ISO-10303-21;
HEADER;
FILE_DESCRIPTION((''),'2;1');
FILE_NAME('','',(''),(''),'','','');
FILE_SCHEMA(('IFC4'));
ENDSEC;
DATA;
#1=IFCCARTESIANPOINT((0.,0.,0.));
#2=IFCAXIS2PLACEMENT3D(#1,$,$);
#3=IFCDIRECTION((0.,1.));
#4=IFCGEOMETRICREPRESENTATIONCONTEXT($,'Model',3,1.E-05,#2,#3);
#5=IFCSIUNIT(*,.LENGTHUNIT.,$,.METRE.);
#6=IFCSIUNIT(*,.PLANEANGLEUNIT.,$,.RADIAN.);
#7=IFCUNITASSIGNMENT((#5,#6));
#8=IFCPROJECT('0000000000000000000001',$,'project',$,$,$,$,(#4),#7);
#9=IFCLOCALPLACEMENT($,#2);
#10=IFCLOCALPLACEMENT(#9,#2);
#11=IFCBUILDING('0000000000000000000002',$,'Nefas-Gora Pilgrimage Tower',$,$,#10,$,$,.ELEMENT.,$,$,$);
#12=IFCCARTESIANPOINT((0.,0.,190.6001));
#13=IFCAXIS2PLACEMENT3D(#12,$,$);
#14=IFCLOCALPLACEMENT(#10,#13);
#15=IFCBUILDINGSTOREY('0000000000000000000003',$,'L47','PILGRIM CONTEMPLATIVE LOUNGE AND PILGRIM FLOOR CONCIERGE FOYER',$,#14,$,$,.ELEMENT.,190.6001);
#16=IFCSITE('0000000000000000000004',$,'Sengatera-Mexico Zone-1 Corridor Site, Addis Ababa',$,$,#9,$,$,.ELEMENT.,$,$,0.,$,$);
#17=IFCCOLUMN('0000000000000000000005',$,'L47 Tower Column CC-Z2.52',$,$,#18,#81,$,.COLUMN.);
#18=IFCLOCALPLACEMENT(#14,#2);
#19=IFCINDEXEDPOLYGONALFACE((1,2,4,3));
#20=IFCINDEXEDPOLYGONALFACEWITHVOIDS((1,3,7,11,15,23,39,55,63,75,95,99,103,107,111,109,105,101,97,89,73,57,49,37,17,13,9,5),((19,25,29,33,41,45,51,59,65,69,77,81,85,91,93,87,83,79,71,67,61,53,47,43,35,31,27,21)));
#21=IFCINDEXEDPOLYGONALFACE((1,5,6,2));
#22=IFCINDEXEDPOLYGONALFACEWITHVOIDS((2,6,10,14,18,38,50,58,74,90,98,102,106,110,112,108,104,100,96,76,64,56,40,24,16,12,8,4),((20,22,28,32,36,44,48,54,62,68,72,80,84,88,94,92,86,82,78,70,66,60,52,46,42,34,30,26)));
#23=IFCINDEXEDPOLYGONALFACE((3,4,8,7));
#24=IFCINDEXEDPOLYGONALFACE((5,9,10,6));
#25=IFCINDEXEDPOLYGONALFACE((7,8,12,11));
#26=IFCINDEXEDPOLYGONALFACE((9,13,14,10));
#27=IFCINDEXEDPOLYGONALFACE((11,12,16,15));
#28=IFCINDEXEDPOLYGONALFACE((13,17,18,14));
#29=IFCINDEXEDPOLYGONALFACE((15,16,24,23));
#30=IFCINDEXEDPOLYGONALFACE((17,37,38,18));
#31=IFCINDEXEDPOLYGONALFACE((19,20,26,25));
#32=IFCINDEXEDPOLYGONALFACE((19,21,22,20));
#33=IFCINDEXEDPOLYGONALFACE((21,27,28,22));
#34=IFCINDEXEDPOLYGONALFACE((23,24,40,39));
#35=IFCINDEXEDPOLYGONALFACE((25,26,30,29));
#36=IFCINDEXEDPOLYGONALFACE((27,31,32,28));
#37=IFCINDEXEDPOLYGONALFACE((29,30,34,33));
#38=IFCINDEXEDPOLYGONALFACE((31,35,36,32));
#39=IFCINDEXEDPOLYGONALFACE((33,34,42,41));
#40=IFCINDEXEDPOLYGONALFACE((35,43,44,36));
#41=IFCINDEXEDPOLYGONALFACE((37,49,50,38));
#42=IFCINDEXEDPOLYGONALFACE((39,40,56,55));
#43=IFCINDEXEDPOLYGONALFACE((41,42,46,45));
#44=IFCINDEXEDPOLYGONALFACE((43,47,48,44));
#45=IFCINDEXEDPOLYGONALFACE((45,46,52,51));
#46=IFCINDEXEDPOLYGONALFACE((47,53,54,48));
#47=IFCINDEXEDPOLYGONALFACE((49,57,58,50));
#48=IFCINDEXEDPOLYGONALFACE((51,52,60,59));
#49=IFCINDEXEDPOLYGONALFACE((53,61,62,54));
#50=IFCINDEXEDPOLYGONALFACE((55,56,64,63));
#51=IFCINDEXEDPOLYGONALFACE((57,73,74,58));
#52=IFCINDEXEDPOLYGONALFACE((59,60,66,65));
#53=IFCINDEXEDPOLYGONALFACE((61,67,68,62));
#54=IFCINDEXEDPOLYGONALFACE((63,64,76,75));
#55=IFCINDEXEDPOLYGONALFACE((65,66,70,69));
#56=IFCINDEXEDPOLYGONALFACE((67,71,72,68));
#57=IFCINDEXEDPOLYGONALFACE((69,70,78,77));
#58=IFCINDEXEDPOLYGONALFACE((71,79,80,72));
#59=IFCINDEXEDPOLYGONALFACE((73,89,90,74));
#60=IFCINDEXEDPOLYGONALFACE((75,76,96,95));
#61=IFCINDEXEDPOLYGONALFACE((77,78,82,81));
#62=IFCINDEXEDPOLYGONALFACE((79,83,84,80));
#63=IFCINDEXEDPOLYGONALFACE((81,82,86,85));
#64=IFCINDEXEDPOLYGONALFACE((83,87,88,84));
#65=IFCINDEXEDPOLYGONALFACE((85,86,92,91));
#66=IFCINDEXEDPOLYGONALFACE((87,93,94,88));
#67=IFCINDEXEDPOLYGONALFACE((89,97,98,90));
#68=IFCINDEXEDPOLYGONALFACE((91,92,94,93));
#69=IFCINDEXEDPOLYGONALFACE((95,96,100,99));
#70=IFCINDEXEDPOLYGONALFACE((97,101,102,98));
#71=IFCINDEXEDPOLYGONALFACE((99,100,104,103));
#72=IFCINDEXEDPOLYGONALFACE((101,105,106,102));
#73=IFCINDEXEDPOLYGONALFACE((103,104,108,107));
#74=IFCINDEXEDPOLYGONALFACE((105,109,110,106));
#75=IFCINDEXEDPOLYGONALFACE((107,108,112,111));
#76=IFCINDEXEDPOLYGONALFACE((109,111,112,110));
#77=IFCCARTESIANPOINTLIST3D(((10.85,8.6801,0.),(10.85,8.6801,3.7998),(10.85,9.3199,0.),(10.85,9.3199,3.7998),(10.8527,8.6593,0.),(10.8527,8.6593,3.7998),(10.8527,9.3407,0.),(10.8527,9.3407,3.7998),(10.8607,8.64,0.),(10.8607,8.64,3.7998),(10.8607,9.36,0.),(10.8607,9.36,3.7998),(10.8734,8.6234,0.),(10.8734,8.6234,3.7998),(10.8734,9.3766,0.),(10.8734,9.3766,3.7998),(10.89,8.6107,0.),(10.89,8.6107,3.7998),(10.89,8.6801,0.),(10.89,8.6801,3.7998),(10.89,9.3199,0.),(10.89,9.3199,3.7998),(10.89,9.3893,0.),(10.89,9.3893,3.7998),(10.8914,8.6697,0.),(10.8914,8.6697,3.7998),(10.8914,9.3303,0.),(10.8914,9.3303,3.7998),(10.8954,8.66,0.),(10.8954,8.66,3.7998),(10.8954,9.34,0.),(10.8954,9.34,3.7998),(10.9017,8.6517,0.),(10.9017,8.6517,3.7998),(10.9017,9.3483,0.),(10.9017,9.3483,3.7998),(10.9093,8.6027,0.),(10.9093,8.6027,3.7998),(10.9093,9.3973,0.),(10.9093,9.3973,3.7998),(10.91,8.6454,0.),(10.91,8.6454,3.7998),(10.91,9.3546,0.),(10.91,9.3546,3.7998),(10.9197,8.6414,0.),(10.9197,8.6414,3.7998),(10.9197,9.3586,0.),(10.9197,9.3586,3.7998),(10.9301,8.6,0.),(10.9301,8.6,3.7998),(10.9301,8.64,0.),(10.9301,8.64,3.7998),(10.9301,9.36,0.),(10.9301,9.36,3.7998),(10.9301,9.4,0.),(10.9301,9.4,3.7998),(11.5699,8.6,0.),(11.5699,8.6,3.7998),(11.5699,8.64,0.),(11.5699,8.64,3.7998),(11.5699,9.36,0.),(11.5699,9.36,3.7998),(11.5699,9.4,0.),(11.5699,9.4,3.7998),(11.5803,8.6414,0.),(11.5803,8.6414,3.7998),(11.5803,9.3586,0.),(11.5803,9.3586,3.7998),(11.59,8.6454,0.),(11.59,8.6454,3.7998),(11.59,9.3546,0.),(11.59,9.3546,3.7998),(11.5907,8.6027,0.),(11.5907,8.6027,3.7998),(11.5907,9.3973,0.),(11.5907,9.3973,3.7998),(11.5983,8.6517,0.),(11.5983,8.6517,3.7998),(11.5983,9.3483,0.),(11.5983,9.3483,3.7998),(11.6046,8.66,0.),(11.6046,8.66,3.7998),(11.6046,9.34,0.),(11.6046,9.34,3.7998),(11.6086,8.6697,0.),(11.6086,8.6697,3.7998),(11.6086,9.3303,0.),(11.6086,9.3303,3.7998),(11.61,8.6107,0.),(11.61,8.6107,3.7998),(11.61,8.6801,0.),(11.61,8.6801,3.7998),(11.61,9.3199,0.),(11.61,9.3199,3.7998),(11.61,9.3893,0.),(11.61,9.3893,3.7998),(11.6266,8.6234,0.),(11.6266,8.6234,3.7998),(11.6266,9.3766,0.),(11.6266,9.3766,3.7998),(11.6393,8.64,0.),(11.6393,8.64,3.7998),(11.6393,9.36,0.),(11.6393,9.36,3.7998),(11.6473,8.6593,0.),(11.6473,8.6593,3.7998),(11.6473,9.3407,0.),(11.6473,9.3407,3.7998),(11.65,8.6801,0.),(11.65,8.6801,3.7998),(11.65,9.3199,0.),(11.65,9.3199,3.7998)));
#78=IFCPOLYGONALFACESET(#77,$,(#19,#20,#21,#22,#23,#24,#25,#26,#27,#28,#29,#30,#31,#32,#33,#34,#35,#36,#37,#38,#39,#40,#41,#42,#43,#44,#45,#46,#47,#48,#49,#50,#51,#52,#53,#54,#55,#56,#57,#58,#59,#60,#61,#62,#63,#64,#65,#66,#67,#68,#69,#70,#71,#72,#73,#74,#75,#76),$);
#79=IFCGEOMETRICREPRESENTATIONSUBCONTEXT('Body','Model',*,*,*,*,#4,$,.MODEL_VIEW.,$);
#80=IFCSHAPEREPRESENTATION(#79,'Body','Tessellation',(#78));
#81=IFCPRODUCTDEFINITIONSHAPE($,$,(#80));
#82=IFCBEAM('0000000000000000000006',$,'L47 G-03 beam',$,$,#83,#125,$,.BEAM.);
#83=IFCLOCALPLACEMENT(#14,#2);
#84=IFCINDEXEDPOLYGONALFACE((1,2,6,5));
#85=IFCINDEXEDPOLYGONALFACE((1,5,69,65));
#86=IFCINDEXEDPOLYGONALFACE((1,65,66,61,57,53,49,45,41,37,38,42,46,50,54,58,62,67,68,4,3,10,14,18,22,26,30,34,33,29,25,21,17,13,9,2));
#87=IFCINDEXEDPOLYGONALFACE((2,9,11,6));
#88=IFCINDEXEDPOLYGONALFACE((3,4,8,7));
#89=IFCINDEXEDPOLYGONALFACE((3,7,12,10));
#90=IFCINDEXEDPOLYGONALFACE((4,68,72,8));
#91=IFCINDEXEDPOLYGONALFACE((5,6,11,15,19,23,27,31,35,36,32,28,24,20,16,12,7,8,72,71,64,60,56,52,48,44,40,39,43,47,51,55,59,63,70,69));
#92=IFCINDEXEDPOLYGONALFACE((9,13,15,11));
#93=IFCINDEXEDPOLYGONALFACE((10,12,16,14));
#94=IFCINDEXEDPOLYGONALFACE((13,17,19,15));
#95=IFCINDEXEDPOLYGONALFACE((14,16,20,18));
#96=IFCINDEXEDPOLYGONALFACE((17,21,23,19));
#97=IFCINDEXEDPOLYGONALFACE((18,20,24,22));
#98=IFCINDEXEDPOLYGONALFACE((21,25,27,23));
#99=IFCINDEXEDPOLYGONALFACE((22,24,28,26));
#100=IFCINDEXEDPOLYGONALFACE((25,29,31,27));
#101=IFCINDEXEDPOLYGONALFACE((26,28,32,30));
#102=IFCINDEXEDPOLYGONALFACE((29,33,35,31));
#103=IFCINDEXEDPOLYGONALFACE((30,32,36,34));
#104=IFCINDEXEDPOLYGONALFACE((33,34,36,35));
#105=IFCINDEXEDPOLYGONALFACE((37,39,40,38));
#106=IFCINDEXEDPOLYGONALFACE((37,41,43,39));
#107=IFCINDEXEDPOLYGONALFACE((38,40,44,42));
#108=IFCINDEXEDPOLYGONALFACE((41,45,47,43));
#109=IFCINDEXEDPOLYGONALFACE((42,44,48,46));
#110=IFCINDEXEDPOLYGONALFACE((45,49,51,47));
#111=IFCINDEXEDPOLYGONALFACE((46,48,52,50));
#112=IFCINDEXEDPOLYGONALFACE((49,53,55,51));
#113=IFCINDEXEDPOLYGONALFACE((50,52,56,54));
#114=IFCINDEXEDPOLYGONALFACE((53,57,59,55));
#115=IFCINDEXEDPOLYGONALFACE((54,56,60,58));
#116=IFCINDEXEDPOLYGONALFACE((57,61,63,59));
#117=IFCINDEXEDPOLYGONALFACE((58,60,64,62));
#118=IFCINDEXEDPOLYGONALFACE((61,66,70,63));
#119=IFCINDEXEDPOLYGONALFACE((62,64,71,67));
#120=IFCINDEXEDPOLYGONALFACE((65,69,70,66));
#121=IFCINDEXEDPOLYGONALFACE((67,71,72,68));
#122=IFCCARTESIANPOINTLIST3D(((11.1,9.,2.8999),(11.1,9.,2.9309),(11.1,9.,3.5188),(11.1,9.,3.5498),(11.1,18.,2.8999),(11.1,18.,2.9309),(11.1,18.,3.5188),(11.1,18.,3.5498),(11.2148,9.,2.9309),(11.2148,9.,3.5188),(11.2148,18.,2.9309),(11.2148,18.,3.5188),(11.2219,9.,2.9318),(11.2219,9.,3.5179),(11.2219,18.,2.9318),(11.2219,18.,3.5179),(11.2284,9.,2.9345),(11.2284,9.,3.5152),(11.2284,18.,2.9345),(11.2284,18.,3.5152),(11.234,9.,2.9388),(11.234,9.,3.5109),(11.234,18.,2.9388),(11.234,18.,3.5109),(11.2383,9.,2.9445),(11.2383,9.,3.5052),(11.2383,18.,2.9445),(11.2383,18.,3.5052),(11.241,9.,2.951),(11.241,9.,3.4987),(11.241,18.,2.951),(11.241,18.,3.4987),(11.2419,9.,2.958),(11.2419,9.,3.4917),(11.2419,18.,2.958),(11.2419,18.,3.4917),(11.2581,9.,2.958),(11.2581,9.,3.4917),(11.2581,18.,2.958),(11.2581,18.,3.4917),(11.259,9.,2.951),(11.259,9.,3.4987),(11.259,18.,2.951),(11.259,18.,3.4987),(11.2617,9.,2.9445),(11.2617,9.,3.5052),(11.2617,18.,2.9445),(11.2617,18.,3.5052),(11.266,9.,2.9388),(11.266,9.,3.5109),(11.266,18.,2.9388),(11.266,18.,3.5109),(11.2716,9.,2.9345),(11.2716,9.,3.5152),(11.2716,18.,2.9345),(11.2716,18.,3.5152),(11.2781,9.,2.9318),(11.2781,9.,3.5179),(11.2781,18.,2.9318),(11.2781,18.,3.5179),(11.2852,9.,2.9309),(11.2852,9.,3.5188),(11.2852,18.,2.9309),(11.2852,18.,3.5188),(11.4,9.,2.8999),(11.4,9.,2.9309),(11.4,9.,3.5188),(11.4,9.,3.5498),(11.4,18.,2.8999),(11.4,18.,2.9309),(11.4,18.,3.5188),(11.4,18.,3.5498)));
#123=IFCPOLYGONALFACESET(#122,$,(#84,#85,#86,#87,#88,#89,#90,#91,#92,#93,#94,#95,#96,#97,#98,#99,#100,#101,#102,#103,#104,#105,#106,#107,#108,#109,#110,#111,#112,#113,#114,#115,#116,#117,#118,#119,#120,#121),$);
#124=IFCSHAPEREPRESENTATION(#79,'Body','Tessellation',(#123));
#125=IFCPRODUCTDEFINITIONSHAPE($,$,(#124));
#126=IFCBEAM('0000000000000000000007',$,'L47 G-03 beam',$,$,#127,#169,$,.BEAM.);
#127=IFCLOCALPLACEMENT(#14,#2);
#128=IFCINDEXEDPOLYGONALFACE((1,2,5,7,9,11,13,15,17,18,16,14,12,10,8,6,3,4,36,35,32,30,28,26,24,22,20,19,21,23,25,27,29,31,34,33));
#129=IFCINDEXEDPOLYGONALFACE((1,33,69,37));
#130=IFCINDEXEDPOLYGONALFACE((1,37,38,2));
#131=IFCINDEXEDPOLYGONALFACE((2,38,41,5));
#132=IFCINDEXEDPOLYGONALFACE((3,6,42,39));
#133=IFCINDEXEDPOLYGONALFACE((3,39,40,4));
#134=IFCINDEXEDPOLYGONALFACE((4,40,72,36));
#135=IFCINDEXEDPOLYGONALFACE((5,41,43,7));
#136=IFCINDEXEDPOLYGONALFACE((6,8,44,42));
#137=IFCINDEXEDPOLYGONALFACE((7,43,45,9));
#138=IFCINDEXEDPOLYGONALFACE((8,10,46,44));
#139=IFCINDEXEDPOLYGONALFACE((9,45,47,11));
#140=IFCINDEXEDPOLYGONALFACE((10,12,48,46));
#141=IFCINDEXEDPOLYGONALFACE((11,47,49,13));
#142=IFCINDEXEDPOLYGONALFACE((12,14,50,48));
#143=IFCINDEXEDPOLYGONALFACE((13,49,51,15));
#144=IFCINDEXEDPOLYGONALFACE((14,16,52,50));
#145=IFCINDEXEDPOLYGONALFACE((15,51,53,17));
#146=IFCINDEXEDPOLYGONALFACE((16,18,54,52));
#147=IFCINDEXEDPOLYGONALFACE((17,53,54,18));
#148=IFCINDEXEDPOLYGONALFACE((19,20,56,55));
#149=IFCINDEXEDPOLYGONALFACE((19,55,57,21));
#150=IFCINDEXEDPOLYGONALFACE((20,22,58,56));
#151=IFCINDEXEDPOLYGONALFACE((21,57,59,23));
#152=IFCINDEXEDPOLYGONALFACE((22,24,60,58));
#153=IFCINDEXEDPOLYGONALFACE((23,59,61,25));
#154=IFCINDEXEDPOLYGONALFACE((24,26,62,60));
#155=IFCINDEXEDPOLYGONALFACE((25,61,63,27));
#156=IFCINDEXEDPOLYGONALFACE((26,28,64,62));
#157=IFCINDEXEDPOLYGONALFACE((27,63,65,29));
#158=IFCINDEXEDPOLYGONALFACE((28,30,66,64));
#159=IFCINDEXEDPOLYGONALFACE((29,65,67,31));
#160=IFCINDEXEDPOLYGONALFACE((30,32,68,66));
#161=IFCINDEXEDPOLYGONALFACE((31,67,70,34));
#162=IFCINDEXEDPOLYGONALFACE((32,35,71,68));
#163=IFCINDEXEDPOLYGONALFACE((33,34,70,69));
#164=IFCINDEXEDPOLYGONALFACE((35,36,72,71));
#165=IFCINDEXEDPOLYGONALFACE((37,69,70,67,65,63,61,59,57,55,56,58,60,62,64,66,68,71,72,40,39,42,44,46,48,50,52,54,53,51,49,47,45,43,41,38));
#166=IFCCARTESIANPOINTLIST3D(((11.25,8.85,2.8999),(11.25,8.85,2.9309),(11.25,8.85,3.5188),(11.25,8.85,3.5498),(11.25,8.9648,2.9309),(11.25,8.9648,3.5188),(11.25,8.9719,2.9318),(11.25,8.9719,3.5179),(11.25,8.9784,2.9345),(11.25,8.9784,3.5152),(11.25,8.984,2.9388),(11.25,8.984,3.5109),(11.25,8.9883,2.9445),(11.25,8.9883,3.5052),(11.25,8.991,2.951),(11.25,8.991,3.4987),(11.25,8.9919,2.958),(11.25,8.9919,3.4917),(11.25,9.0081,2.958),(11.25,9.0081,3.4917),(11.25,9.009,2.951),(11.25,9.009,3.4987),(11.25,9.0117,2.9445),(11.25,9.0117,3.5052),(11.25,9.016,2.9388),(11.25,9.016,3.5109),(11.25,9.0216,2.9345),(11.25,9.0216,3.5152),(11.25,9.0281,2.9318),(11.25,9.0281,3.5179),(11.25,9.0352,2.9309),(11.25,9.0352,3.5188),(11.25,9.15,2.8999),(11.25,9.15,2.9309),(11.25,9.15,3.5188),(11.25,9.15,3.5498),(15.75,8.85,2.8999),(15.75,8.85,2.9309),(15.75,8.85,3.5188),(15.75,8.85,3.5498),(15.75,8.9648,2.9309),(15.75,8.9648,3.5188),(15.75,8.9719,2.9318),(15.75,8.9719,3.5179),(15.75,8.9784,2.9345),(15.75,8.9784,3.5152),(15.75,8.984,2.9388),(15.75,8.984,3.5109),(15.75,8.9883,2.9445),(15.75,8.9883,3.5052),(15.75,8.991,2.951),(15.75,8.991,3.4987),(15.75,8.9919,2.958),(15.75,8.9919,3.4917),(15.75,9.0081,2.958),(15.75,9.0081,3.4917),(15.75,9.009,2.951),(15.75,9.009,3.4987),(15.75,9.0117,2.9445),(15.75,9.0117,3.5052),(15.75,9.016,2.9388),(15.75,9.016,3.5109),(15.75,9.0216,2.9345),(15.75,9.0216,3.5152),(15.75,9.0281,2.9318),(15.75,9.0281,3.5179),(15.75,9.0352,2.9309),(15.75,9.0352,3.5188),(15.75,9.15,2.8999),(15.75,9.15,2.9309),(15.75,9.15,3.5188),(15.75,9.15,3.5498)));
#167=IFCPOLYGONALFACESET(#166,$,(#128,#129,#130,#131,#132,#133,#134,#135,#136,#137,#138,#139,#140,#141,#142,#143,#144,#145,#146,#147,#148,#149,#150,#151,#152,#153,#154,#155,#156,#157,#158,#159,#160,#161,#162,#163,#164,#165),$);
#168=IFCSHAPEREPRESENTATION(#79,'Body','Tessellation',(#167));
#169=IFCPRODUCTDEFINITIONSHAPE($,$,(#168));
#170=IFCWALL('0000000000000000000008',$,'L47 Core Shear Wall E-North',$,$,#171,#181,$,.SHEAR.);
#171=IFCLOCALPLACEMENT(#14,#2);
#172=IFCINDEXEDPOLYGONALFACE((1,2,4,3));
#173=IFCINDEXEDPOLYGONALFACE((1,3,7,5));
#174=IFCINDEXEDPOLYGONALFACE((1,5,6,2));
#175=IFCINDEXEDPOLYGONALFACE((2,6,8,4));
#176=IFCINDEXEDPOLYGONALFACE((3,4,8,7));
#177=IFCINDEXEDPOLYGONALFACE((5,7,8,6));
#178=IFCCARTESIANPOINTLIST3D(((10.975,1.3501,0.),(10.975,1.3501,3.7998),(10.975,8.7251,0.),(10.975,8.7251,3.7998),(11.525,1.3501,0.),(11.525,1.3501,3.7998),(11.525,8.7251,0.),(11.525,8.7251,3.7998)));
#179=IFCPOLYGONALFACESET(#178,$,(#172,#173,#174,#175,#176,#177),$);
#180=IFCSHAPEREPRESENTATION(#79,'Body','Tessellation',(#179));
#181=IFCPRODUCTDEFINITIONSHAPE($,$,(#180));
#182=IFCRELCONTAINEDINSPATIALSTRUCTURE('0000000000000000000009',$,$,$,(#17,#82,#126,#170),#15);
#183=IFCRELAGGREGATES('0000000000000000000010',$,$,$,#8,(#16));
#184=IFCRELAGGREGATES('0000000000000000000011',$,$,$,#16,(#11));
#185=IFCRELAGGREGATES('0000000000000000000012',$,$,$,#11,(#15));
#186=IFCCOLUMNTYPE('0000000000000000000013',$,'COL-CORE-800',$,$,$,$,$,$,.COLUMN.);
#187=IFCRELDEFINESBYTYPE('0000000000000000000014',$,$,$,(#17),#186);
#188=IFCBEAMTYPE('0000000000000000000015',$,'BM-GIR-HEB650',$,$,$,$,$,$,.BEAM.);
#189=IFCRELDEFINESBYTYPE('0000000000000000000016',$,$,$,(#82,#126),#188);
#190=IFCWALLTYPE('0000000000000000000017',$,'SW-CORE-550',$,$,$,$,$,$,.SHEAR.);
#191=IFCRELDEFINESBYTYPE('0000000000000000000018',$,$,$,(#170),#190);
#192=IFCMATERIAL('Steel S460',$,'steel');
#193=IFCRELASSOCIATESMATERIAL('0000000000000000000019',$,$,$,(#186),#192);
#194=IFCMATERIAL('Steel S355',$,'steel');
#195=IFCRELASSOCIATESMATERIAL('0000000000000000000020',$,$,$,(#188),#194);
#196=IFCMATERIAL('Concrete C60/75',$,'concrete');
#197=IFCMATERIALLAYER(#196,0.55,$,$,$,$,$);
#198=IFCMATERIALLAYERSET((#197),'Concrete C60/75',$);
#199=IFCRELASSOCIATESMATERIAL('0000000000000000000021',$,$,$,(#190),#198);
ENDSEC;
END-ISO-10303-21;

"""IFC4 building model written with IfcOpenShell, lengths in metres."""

from ifc_helpers import new_model, si_unit, direction, frame, frame_2d, origin, origin_2d, place, context, subcontext, project, spatial, rectangle, hollow_rectangle, i_section, extrude, source, transform, mapped, material, layer, layer_set, material_profile, profile_set, type_object, element, save


model = new_model("IFC4")

# Units and contexts
model_context = context("Model", 3, precision=1e-05, world=origin(), true_north=direction((0.0, 1.0)))
body_context = subcontext(model_context, "Body", "Model", "MODEL_VIEW")
ifc_project = project(units=[si_unit("LENGTHUNIT", "METRE"), si_unit("PLANEANGLEUNIT", "RADIAN")], contexts=[model_context])

# Site, building, storey
site_placement = place(None, origin())
site = spatial("IfcSite", under=ifc_project, at=site_placement, Name="Sengatera-Mexico Zone-1 Corridor Site, Addis Ababa", CompositionType="ELEMENT", RefElevation=0.0)
building_placement = place(site_placement, origin())
building = spatial("IfcBuilding", under=site, at=building_placement, Name="Nefas-Gora Pilgrimage Tower", CompositionType="ELEMENT")
storey_placement = place(building_placement, frame((0.0, 0.0, 190.6001)))
storey = spatial("IfcBuildingStorey", under=building, at=storey_placement, Name="L47", Description="PILGRIM CONTEMPLATIVE LOUNGE AND PILGRIM FLOOR CONCIERGE FOYER", CompositionType="ELEMENT", Elevation=190.6001)

# Column
ifc_material_1 = material(Name="Steel S460", Category="steel")
ifc_material_profile_1 = material_profile(ifc_material_1, hollow_rectangle(XDim=0.8, YDim=0.8, WallThickness=0.04, InnerFilletRadius=0.04, OuterFilletRadius=0.0801, at=origin_2d()), Name="BOX 800x800x40")
ifc_profile_set_1 = profile_set([ifc_material_profile_1], Name="Steel S460")
column_type = type_object("IfcColumnType", Name="COL-CORE-800", PredefinedType="COLUMN", material=ifc_profile_set_1)
shared_shape_1 = source(origin(), body_context, "Body", "SweptSolid", [
    extrude(hollow_rectangle(XDim=0.8, YDim=0.8, WallThickness=0.04, InnerFilletRadius=0.04, OuterFilletRadius=0.0801, at=origin_2d()), origin(), (0.0, 0.0, 1.0), 3.7998),
])
column_placement = place(storey_placement, frame((11.25, 9.0, 0.0), z_axis=(0.0, 0.0, 1.0), x_axis=(1.0, 0.0, 0.0)))
element("IfcColumn", 1, at=column_placement, inside=storey, type_object=column_type, Name="L47 Tower Column CC-Z2.52", PredefinedType="COLUMN", context=body_context, shape_type="MappedRepresentation", body=[
    mapped(shared_shape_1, transform((0.0, 0.0, 0.0), x_axis=(1.0, 0.0, 0.0), y_axis=(0.0, 1.0, 0.0), z_axis=(0.0, 0.0, 1.0), scale=1.0)),
])

# Beams
ifc_material_2 = material(Name="Steel S355", Category="steel")
ifc_material_profile_2 = material_profile(ifc_material_2, i_section(OverallWidth=0.3, OverallDepth=0.6499, WebThickness=0.0161, FlangeThickness=0.031, FilletRadius=0.0271, at=origin_2d()), Name="HEB 650")
ifc_profile_set_2 = profile_set([ifc_material_profile_2], Name="Steel S355")
beam_type = type_object("IfcBeamType", Name="BM-GIR-HEB650", PredefinedType="BEAM", material=ifc_profile_set_2)
shared_shape_2 = source(origin(), body_context, "Body", "SweptSolid", [
    extrude(i_section(OverallWidth=0.3, OverallDepth=0.6499, WebThickness=0.0161, FlangeThickness=0.031, FilletRadius=0.0271, at=origin_2d()), origin(), (0.0, 0.0, 1.0), 9.0),
])
beam_1_placement = place(storey_placement, frame((11.25, 9.0, 3.2249), z_axis=(0.0, 1.0, 0.0), x_axis=(-1.0, 0.0, 0.0)))
element("IfcBeam", 2, at=beam_1_placement, inside=storey, type_object=beam_type, Name="L47 G-03 beam", PredefinedType="BEAM", context=body_context, shape_type="MappedRepresentation", body=[
    mapped(shared_shape_2, transform((0.0, 0.0, 0.0), x_axis=(1.0, 0.0, 0.0), y_axis=(0.0, 1.0, 0.0), z_axis=(0.0, 0.0, 1.0), scale=1.0)),
])
shared_shape_3 = source(origin(), body_context, "Body", "SweptSolid", [
    extrude(i_section(OverallWidth=0.3, OverallDepth=0.6499, WebThickness=0.0161, FlangeThickness=0.031, FilletRadius=0.0271, at=origin_2d()), origin(), (0.0, 0.0, 1.0), 4.5),
])
beam_2_placement = place(storey_placement, frame((11.25, 9.0, 3.2249), z_axis=(1.0, 0.0, 0.0), x_axis=(0.0, 1.0, 0.0)))
element("IfcBeam", 3, at=beam_2_placement, inside=storey, type_object=beam_type, Name="L47 G-03 beam", PredefinedType="BEAM", context=body_context, shape_type="MappedRepresentation", body=[
    mapped(shared_shape_3, transform((0.0, 0.0, 0.0), x_axis=(1.0, 0.0, 0.0), y_axis=(0.0, 1.0, 0.0), z_axis=(0.0, 0.0, 1.0), scale=1.0)),
])

# Wall
ifc_material_3 = material(Name="Concrete C60/75", Category="concrete")
ifc_layer_1 = layer(ifc_material_3, 0.55)
ifc_layer_set_1 = layer_set([ifc_layer_1], Name="Concrete C60/75")
wall_type_1 = type_object("IfcWallType", Name="SW-CORE-550", PredefinedType="SHEAR", material=ifc_layer_set_1)
shared_shape_4 = source(origin(), body_context, "Body", "SweptSolid", [
    extrude(rectangle(XDim=7.375, YDim=0.55, at=frame_2d((3.6875, 0.0))), origin(), (0.0, 0.0, 1.0), 3.7998),
])
wall_1_placement = place(storey_placement, frame((11.25, 1.3501, 0.0), z_axis=(0.0, 0.0, 1.0), x_axis=(0.0, 1.0, 0.0)))
element("IfcWall", 4, at=wall_1_placement, inside=storey, type_object=wall_type_1, Name="L47 Core Shear Wall E-North", PredefinedType="SHEAR", context=body_context, shape_type="MappedRepresentation", body=[
    mapped(shared_shape_4, transform((0.0, 0.0, 0.0), x_axis=(1.0, 0.0, 0.0), y_axis=(0.0, 1.0, 0.0), z_axis=(0.0, 0.0, 1.0), scale=1.0)),
])

save(model, "model.ifc")
